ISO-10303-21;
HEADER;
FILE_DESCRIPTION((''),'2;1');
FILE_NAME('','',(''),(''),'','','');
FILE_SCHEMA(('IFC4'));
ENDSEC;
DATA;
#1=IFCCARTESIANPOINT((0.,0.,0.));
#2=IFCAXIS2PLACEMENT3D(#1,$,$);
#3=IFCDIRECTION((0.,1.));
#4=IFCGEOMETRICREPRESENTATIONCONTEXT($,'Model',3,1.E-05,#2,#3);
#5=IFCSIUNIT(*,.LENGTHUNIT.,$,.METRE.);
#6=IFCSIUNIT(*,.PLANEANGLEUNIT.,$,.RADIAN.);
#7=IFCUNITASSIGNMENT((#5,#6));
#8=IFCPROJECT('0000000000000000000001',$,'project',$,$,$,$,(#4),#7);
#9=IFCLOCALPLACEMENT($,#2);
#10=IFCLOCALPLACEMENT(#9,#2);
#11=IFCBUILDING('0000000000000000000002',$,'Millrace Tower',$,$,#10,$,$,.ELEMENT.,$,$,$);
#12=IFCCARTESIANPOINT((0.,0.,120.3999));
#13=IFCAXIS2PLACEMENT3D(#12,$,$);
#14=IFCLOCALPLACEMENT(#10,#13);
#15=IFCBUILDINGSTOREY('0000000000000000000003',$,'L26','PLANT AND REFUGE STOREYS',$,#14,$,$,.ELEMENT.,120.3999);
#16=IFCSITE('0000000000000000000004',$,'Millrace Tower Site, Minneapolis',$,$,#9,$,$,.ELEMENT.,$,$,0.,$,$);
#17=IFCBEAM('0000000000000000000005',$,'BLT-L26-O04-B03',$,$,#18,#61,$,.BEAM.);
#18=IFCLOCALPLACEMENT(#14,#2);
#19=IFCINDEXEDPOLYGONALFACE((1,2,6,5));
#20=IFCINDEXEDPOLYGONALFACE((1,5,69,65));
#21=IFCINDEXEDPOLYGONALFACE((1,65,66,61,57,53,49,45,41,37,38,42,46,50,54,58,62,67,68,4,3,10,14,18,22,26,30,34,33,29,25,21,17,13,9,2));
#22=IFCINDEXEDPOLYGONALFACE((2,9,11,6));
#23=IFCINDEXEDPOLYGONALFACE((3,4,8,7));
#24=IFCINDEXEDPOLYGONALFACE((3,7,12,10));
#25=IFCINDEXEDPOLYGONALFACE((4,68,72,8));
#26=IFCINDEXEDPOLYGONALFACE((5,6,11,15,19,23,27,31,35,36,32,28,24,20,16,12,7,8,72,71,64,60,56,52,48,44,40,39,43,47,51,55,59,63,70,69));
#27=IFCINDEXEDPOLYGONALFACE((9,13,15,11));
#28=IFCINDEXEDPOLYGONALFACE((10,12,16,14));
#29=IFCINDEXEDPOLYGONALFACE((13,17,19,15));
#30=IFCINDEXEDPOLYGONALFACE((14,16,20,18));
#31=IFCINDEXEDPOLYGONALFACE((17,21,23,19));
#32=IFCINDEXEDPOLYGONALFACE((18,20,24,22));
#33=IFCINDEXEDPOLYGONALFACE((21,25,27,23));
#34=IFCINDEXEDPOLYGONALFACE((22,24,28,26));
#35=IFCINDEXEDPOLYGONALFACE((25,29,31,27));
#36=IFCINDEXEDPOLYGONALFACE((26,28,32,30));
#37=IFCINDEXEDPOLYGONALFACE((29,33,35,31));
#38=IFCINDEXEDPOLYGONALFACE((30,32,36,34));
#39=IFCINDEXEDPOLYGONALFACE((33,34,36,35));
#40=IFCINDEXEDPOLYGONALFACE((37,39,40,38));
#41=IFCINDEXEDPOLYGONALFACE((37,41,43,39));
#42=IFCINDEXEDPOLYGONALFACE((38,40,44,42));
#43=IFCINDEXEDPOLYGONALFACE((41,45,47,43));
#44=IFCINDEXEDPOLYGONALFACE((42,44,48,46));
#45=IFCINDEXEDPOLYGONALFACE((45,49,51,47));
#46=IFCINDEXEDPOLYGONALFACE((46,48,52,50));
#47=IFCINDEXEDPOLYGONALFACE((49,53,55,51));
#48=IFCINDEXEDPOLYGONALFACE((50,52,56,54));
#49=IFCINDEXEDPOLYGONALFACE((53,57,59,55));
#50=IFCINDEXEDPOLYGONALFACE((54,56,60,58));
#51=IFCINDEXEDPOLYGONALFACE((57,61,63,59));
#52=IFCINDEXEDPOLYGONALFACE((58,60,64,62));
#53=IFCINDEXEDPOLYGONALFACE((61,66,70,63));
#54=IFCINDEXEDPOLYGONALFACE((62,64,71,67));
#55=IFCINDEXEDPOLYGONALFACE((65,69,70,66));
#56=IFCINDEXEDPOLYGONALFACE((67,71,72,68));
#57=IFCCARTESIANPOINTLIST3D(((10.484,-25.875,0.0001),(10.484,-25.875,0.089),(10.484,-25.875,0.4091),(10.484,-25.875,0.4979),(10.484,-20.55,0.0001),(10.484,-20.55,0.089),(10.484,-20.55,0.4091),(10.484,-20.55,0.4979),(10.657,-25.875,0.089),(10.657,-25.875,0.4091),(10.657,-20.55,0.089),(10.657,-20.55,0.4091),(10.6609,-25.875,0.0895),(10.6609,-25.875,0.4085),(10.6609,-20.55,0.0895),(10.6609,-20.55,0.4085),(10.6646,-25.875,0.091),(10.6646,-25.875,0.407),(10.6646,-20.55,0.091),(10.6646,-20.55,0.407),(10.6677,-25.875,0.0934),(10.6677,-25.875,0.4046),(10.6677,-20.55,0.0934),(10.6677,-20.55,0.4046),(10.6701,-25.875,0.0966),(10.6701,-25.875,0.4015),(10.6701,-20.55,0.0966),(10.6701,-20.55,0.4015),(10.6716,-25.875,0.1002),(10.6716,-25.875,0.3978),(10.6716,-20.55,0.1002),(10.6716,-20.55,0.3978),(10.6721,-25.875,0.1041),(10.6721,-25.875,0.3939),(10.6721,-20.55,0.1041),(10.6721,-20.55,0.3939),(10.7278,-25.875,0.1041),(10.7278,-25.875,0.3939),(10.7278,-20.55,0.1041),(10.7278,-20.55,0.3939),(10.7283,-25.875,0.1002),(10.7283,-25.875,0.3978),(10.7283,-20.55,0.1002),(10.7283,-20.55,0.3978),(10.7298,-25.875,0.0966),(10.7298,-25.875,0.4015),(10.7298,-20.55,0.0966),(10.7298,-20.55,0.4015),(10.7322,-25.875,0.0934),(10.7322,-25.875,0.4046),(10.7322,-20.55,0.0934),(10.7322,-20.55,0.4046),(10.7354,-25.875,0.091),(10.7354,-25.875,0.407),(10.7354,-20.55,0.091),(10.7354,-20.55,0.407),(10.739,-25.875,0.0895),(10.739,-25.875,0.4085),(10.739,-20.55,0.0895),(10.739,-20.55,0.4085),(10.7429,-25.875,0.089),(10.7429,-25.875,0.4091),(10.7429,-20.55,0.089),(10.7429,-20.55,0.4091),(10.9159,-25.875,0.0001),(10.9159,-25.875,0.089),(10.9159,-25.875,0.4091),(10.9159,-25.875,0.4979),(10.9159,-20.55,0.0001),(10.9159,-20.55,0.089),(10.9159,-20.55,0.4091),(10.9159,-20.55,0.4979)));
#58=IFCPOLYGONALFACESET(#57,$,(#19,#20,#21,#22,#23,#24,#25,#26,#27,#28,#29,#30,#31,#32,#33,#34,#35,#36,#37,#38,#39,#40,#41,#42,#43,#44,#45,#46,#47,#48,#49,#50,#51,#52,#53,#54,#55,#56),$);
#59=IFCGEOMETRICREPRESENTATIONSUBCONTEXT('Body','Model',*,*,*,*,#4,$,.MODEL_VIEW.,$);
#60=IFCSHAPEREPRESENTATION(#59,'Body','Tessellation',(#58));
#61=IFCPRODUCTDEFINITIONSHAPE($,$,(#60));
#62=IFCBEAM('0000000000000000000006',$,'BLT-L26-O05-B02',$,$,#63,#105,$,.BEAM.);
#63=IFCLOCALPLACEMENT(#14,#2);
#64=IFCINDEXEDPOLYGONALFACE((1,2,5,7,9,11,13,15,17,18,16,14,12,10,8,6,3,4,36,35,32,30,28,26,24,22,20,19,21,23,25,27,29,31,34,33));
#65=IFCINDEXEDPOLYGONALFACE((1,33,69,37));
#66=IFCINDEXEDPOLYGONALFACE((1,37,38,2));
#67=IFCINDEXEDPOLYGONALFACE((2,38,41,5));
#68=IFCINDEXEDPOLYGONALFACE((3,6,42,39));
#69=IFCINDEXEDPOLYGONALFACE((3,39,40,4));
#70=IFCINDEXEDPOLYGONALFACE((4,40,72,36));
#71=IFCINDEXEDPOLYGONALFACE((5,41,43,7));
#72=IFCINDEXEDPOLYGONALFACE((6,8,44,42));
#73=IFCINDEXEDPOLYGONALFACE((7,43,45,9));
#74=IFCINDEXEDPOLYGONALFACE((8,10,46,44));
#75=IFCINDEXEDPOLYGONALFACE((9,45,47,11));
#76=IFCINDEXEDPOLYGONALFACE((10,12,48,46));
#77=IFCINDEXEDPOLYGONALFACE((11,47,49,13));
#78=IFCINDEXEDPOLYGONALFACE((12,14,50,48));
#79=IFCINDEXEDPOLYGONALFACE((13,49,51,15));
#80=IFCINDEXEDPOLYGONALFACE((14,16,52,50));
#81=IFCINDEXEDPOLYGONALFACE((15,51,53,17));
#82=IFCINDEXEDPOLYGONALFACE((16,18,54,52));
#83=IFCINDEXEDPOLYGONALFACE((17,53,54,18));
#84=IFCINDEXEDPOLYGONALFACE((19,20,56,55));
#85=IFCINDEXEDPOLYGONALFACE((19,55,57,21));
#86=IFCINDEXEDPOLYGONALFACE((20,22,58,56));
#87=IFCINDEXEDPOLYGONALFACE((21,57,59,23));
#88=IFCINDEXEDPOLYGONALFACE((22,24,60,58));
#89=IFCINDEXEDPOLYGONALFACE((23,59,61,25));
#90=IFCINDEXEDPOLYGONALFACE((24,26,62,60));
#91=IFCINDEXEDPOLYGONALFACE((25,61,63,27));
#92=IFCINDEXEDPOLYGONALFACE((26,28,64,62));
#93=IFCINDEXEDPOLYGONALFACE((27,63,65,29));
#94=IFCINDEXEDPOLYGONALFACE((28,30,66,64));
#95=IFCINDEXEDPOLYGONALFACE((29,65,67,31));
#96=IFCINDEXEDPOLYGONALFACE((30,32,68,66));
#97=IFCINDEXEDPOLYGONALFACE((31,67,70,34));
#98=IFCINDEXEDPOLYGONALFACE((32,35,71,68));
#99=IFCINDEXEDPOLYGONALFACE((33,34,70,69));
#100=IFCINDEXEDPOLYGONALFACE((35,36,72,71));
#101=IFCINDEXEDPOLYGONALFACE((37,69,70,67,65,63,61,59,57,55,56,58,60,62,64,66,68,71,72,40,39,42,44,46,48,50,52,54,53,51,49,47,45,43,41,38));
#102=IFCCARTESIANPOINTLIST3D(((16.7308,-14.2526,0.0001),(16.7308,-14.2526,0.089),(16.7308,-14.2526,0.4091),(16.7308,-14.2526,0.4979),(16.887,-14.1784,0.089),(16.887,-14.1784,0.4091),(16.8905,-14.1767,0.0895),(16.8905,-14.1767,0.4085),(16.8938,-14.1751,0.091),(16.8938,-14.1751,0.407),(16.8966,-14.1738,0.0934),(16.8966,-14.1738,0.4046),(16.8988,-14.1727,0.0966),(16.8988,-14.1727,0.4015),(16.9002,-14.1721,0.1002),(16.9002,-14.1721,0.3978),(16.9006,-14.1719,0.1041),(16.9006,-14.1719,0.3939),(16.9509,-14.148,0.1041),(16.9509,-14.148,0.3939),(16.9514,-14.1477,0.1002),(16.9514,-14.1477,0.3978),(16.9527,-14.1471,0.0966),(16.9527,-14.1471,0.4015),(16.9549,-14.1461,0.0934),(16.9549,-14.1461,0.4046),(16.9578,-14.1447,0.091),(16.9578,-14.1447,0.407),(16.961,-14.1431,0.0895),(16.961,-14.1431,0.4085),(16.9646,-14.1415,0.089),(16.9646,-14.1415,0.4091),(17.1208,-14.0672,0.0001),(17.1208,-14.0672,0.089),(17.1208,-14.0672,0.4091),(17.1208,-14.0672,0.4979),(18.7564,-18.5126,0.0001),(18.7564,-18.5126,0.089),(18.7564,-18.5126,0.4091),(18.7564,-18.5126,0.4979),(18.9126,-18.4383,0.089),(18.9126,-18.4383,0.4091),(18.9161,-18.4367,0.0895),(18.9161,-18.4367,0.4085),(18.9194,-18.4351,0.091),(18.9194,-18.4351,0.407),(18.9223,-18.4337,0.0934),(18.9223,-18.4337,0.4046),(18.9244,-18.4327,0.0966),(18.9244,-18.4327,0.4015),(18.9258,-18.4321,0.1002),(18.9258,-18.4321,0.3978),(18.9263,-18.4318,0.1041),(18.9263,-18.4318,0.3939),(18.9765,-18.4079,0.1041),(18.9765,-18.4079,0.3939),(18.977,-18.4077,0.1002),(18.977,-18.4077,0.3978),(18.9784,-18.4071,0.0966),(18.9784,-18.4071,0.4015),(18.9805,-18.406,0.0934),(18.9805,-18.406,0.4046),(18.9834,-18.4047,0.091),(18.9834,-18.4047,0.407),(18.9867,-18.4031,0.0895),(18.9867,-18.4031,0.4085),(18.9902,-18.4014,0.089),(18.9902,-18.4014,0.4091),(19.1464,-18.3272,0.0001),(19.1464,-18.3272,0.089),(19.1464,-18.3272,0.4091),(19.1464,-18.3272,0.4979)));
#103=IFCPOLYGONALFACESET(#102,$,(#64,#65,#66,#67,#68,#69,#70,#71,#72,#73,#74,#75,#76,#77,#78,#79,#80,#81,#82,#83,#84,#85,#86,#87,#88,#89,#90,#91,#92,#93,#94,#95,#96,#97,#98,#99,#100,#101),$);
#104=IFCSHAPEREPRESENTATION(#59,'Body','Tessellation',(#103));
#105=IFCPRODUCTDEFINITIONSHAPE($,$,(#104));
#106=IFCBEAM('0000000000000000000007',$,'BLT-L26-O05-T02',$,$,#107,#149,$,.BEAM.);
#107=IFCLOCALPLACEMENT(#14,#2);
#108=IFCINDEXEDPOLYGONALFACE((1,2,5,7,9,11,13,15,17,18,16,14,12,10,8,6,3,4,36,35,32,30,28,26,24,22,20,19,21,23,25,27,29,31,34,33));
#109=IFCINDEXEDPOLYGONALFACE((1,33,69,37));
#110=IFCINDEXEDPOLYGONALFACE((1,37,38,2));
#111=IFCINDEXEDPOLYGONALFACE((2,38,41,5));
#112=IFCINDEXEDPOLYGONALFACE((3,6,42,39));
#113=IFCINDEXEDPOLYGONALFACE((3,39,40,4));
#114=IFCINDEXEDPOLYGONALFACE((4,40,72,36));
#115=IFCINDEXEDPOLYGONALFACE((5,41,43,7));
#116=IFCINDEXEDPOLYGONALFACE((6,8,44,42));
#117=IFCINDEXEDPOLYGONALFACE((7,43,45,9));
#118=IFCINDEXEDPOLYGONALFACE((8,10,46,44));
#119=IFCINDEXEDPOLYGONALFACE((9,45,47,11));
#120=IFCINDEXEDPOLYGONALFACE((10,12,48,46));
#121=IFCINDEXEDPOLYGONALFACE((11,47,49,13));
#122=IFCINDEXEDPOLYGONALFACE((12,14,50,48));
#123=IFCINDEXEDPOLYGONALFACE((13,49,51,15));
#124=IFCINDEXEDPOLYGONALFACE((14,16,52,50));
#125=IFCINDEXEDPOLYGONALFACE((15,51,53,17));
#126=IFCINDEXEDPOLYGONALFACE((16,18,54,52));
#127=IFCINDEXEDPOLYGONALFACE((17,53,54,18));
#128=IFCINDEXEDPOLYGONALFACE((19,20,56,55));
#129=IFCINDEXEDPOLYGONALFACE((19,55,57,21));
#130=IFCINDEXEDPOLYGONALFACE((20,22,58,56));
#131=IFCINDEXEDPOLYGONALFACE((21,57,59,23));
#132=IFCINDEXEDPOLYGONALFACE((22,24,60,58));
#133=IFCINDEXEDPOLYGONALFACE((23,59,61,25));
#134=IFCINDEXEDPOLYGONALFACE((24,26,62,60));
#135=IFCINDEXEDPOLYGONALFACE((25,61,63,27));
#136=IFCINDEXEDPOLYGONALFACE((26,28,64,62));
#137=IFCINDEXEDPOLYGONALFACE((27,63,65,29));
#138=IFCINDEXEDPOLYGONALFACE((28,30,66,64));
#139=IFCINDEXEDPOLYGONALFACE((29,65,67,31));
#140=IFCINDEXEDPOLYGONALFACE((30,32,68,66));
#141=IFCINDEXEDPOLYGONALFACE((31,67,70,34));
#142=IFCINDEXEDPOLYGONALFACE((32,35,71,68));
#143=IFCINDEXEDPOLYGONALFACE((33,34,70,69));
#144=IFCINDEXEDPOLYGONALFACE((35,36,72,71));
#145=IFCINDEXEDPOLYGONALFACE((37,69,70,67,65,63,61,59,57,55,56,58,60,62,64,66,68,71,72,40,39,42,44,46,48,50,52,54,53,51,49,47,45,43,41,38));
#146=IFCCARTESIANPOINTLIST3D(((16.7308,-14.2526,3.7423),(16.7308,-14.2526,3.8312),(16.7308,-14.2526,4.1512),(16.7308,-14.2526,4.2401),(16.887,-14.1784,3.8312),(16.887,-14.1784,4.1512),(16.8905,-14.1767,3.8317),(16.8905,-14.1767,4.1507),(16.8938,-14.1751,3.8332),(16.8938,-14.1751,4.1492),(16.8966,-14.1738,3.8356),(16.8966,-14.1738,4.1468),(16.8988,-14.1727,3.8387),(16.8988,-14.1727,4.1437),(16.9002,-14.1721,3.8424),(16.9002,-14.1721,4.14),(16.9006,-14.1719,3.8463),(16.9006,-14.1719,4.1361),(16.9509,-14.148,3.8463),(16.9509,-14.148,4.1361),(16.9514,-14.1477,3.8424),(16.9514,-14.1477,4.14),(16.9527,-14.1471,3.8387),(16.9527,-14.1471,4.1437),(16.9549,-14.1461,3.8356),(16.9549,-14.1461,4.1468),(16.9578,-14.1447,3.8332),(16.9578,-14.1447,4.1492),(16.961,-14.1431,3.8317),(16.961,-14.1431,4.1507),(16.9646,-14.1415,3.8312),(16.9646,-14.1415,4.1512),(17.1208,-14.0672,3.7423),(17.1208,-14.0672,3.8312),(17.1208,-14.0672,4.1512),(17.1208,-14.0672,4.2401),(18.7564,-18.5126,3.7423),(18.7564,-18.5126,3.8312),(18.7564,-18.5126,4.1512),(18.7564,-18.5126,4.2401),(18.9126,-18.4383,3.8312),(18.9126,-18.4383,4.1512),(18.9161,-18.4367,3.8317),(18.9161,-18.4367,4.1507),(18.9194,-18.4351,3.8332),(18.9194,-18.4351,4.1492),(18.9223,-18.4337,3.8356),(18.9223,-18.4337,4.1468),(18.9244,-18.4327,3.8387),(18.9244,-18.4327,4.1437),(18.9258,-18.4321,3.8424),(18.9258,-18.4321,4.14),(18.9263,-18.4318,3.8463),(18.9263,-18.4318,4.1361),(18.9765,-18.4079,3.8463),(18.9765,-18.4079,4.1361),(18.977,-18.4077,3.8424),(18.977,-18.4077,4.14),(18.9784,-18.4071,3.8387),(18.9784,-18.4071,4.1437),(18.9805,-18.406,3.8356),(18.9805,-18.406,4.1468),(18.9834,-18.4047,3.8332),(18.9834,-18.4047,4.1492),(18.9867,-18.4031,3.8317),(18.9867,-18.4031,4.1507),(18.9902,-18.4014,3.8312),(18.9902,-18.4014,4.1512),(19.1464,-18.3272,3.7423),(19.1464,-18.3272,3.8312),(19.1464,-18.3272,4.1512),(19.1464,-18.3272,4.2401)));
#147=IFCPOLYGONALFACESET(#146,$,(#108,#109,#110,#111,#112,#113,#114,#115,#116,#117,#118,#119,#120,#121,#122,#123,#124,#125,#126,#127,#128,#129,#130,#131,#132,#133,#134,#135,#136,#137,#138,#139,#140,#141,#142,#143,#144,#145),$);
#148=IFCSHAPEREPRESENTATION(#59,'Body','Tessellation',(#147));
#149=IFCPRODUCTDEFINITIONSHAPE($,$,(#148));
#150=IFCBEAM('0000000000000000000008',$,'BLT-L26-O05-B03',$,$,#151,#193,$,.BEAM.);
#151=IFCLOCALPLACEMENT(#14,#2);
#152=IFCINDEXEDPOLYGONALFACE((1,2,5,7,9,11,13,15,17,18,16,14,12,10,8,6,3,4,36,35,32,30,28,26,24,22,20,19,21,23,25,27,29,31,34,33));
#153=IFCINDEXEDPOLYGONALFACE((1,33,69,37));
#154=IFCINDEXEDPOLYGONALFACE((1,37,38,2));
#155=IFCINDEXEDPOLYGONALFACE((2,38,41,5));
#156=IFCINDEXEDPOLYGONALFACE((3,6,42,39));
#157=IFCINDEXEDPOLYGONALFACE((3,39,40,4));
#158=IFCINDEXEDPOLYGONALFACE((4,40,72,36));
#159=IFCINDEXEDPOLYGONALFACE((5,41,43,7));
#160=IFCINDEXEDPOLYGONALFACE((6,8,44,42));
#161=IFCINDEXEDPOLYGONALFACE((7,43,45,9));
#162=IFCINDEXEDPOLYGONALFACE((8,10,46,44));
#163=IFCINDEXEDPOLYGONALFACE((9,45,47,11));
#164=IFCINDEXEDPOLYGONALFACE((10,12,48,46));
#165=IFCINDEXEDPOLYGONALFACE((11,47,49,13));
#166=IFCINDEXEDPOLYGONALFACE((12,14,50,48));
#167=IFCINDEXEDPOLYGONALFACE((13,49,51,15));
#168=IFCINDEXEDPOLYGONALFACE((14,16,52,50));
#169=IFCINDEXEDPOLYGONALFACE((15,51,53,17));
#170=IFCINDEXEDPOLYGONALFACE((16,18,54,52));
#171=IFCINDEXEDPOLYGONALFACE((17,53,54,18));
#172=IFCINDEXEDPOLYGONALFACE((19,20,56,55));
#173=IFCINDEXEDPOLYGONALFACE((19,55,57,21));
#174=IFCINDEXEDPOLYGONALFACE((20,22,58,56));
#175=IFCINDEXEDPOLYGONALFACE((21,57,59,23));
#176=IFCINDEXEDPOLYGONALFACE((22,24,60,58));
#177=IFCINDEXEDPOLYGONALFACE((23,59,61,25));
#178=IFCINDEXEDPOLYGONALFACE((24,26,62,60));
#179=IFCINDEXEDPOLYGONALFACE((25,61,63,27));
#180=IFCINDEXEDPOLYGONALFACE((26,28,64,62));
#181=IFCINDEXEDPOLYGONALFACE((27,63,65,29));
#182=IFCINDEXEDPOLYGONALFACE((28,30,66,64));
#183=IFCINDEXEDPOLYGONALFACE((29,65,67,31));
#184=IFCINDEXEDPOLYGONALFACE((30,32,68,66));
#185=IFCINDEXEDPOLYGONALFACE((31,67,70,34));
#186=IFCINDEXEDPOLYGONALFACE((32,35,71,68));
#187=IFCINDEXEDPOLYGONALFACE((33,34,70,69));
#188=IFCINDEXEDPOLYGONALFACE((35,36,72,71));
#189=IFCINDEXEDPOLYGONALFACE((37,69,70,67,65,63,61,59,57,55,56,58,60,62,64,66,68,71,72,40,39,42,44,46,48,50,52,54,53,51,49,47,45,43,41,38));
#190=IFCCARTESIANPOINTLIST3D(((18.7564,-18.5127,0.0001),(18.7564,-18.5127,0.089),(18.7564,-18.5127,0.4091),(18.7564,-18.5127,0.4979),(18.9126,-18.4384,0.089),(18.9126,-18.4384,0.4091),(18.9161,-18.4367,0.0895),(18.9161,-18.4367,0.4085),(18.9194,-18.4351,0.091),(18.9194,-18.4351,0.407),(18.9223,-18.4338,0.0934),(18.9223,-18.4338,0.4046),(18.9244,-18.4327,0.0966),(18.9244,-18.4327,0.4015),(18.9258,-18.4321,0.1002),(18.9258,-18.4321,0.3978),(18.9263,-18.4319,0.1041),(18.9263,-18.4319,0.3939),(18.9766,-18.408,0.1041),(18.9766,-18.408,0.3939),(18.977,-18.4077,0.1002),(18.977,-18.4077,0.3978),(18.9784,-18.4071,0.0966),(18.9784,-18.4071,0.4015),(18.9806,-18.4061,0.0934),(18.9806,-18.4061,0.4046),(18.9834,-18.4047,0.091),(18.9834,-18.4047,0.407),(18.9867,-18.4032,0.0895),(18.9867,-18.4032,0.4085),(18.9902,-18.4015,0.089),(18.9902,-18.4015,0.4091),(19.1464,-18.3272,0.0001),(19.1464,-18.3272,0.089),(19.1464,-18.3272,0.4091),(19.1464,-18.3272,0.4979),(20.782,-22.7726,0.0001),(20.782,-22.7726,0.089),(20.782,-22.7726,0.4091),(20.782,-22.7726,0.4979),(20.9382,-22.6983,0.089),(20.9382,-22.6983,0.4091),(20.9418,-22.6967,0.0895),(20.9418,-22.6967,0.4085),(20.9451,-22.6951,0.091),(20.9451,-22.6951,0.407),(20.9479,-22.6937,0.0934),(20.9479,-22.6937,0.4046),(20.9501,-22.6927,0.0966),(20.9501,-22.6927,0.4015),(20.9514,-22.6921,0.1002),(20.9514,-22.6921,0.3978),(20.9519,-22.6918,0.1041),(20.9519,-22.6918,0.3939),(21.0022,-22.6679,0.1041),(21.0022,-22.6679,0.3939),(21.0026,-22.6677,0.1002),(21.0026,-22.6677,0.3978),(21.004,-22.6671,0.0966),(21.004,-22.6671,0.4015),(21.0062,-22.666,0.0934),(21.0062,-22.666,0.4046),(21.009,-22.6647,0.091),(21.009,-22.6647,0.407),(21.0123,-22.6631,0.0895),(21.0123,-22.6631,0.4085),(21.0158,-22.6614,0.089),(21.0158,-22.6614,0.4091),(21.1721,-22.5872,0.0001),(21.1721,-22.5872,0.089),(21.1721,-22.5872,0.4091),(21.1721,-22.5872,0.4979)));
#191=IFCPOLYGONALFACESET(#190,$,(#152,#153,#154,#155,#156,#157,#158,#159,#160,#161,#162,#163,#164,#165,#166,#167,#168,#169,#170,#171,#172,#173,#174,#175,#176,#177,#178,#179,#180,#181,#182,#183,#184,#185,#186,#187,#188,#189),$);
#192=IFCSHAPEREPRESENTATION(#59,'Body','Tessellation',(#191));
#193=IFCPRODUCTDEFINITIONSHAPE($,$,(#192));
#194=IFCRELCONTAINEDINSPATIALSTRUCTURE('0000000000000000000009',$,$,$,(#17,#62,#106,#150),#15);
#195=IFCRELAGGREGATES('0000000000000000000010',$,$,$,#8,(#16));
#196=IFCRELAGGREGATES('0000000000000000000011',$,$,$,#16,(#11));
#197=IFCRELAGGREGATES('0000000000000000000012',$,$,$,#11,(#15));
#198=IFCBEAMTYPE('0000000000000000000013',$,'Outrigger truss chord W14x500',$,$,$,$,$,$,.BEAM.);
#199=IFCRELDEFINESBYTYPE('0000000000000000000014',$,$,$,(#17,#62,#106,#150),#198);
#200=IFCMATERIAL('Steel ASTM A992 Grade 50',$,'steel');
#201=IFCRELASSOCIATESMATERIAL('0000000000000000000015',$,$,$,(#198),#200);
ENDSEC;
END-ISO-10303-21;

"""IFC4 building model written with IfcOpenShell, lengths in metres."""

from ifc_helpers import new_model, si_unit, direction, frame, origin, origin_2d, place, context, subcontext, project, spatial, i_section, extrude, material, material_profile, profile_set, type_object, element, save


model = new_model("IFC4")

# Units and contexts
model_context = context("Model", 3, precision=1e-05, world=origin(), true_north=direction((0.0, 1.0)))
body_context = subcontext(model_context, "Body", "Model", "MODEL_VIEW")
ifc_project = project(units=[si_unit("LENGTHUNIT", "METRE"), si_unit("PLANEANGLEUNIT", "RADIAN")], contexts=[model_context])

# Site, building, storey
site_placement = place(None, origin())
site = spatial("IfcSite", under=ifc_project, at=site_placement, Name="Millrace Tower Site, Minneapolis", CompositionType="ELEMENT", RefElevation=0.0)
building_placement = place(site_placement, origin())
building = spatial("IfcBuilding", under=site, at=building_placement, Name="Millrace Tower", CompositionType="ELEMENT")
storey_placement = place(building_placement, frame((0.0, 0.0, 120.3999)))
storey = spatial("IfcBuildingStorey", under=building, at=storey_placement, Name="L26", Description="PLANT AND REFUGE STOREYS", CompositionType="ELEMENT", Elevation=120.3999)

# Beams
ifc_material_1 = material(Name="Steel ASTM A992 Grade 50", Category="steel")
ifc_material_profile_1 = material_profile(ifc_material_1, i_section(OverallWidth=0.4319, OverallDepth=0.4978, WebThickness=0.0557, FlangeThickness=0.0889, FilletRadius=0.0151, at=origin_2d()))
ifc_profile_set_1 = profile_set([ifc_material_profile_1], Name="Steel ASTM A992 Grade 50")
beam_type_1 = type_object("IfcBeamType", Name="Outrigger truss chord W14x500", PredefinedType="BEAM", material=ifc_profile_set_1)
for number, where, z_axis, x_axis, name in (
    (1, (10.7, -20.55, 0.249), (0.0, -1.0, 0.0), (1.0, 0.0, 0.0), "BLT-L26-O04-B03"),
):
    element("IfcBeam", number, at=place(storey_placement, frame(where, z_axis=z_axis, x_axis=x_axis)), inside=storey, type_object=beam_type_1, Name=name, PredefinedType="BEAM", context=body_context, shape_type="SweptSolid", body=[
        extrude(i_section(OverallWidth=0.4319, OverallDepth=0.4978, WebThickness=0.0557, FlangeThickness=0.0889, FilletRadius=0.0151, at=origin_2d()), origin(), (0.0, 0.0, 1.0), 5.325),
    ])
for number, where, z_axis, x_axis, name in (
    (2, (16.9258, -14.1599, 0.249), (0.429425, -0.903102, 0.0), (0.903102, 0.429425, 0.0), "BLT-L26-O05-B02"),
    (3, (16.9258, -14.1599, 3.9912), (0.429425, -0.903102, 0.0), (0.903102, 0.429425, 0.0), "BLT-L26-O05-T02"),
    (4, (18.9514, -18.4199, 0.249), (0.429425, -0.903102, 0.0), (0.903102, 0.429425, 0.0), "BLT-L26-O05-B03"),
):
    element("IfcBeam", number, at=place(storey_placement, frame(where, z_axis=z_axis, x_axis=x_axis)), inside=storey, type_object=beam_type_1, Name=name, PredefinedType="BEAM", context=body_context, shape_type="SweptSolid", body=[
        extrude(i_section(OverallWidth=0.4319, OverallDepth=0.4978, WebThickness=0.0557, FlangeThickness=0.0889, FilletRadius=0.0151, at=origin_2d()), origin(), (0.0, 0.0, 1.0), 4.717),
    ])

save(model, "model.ifc")
